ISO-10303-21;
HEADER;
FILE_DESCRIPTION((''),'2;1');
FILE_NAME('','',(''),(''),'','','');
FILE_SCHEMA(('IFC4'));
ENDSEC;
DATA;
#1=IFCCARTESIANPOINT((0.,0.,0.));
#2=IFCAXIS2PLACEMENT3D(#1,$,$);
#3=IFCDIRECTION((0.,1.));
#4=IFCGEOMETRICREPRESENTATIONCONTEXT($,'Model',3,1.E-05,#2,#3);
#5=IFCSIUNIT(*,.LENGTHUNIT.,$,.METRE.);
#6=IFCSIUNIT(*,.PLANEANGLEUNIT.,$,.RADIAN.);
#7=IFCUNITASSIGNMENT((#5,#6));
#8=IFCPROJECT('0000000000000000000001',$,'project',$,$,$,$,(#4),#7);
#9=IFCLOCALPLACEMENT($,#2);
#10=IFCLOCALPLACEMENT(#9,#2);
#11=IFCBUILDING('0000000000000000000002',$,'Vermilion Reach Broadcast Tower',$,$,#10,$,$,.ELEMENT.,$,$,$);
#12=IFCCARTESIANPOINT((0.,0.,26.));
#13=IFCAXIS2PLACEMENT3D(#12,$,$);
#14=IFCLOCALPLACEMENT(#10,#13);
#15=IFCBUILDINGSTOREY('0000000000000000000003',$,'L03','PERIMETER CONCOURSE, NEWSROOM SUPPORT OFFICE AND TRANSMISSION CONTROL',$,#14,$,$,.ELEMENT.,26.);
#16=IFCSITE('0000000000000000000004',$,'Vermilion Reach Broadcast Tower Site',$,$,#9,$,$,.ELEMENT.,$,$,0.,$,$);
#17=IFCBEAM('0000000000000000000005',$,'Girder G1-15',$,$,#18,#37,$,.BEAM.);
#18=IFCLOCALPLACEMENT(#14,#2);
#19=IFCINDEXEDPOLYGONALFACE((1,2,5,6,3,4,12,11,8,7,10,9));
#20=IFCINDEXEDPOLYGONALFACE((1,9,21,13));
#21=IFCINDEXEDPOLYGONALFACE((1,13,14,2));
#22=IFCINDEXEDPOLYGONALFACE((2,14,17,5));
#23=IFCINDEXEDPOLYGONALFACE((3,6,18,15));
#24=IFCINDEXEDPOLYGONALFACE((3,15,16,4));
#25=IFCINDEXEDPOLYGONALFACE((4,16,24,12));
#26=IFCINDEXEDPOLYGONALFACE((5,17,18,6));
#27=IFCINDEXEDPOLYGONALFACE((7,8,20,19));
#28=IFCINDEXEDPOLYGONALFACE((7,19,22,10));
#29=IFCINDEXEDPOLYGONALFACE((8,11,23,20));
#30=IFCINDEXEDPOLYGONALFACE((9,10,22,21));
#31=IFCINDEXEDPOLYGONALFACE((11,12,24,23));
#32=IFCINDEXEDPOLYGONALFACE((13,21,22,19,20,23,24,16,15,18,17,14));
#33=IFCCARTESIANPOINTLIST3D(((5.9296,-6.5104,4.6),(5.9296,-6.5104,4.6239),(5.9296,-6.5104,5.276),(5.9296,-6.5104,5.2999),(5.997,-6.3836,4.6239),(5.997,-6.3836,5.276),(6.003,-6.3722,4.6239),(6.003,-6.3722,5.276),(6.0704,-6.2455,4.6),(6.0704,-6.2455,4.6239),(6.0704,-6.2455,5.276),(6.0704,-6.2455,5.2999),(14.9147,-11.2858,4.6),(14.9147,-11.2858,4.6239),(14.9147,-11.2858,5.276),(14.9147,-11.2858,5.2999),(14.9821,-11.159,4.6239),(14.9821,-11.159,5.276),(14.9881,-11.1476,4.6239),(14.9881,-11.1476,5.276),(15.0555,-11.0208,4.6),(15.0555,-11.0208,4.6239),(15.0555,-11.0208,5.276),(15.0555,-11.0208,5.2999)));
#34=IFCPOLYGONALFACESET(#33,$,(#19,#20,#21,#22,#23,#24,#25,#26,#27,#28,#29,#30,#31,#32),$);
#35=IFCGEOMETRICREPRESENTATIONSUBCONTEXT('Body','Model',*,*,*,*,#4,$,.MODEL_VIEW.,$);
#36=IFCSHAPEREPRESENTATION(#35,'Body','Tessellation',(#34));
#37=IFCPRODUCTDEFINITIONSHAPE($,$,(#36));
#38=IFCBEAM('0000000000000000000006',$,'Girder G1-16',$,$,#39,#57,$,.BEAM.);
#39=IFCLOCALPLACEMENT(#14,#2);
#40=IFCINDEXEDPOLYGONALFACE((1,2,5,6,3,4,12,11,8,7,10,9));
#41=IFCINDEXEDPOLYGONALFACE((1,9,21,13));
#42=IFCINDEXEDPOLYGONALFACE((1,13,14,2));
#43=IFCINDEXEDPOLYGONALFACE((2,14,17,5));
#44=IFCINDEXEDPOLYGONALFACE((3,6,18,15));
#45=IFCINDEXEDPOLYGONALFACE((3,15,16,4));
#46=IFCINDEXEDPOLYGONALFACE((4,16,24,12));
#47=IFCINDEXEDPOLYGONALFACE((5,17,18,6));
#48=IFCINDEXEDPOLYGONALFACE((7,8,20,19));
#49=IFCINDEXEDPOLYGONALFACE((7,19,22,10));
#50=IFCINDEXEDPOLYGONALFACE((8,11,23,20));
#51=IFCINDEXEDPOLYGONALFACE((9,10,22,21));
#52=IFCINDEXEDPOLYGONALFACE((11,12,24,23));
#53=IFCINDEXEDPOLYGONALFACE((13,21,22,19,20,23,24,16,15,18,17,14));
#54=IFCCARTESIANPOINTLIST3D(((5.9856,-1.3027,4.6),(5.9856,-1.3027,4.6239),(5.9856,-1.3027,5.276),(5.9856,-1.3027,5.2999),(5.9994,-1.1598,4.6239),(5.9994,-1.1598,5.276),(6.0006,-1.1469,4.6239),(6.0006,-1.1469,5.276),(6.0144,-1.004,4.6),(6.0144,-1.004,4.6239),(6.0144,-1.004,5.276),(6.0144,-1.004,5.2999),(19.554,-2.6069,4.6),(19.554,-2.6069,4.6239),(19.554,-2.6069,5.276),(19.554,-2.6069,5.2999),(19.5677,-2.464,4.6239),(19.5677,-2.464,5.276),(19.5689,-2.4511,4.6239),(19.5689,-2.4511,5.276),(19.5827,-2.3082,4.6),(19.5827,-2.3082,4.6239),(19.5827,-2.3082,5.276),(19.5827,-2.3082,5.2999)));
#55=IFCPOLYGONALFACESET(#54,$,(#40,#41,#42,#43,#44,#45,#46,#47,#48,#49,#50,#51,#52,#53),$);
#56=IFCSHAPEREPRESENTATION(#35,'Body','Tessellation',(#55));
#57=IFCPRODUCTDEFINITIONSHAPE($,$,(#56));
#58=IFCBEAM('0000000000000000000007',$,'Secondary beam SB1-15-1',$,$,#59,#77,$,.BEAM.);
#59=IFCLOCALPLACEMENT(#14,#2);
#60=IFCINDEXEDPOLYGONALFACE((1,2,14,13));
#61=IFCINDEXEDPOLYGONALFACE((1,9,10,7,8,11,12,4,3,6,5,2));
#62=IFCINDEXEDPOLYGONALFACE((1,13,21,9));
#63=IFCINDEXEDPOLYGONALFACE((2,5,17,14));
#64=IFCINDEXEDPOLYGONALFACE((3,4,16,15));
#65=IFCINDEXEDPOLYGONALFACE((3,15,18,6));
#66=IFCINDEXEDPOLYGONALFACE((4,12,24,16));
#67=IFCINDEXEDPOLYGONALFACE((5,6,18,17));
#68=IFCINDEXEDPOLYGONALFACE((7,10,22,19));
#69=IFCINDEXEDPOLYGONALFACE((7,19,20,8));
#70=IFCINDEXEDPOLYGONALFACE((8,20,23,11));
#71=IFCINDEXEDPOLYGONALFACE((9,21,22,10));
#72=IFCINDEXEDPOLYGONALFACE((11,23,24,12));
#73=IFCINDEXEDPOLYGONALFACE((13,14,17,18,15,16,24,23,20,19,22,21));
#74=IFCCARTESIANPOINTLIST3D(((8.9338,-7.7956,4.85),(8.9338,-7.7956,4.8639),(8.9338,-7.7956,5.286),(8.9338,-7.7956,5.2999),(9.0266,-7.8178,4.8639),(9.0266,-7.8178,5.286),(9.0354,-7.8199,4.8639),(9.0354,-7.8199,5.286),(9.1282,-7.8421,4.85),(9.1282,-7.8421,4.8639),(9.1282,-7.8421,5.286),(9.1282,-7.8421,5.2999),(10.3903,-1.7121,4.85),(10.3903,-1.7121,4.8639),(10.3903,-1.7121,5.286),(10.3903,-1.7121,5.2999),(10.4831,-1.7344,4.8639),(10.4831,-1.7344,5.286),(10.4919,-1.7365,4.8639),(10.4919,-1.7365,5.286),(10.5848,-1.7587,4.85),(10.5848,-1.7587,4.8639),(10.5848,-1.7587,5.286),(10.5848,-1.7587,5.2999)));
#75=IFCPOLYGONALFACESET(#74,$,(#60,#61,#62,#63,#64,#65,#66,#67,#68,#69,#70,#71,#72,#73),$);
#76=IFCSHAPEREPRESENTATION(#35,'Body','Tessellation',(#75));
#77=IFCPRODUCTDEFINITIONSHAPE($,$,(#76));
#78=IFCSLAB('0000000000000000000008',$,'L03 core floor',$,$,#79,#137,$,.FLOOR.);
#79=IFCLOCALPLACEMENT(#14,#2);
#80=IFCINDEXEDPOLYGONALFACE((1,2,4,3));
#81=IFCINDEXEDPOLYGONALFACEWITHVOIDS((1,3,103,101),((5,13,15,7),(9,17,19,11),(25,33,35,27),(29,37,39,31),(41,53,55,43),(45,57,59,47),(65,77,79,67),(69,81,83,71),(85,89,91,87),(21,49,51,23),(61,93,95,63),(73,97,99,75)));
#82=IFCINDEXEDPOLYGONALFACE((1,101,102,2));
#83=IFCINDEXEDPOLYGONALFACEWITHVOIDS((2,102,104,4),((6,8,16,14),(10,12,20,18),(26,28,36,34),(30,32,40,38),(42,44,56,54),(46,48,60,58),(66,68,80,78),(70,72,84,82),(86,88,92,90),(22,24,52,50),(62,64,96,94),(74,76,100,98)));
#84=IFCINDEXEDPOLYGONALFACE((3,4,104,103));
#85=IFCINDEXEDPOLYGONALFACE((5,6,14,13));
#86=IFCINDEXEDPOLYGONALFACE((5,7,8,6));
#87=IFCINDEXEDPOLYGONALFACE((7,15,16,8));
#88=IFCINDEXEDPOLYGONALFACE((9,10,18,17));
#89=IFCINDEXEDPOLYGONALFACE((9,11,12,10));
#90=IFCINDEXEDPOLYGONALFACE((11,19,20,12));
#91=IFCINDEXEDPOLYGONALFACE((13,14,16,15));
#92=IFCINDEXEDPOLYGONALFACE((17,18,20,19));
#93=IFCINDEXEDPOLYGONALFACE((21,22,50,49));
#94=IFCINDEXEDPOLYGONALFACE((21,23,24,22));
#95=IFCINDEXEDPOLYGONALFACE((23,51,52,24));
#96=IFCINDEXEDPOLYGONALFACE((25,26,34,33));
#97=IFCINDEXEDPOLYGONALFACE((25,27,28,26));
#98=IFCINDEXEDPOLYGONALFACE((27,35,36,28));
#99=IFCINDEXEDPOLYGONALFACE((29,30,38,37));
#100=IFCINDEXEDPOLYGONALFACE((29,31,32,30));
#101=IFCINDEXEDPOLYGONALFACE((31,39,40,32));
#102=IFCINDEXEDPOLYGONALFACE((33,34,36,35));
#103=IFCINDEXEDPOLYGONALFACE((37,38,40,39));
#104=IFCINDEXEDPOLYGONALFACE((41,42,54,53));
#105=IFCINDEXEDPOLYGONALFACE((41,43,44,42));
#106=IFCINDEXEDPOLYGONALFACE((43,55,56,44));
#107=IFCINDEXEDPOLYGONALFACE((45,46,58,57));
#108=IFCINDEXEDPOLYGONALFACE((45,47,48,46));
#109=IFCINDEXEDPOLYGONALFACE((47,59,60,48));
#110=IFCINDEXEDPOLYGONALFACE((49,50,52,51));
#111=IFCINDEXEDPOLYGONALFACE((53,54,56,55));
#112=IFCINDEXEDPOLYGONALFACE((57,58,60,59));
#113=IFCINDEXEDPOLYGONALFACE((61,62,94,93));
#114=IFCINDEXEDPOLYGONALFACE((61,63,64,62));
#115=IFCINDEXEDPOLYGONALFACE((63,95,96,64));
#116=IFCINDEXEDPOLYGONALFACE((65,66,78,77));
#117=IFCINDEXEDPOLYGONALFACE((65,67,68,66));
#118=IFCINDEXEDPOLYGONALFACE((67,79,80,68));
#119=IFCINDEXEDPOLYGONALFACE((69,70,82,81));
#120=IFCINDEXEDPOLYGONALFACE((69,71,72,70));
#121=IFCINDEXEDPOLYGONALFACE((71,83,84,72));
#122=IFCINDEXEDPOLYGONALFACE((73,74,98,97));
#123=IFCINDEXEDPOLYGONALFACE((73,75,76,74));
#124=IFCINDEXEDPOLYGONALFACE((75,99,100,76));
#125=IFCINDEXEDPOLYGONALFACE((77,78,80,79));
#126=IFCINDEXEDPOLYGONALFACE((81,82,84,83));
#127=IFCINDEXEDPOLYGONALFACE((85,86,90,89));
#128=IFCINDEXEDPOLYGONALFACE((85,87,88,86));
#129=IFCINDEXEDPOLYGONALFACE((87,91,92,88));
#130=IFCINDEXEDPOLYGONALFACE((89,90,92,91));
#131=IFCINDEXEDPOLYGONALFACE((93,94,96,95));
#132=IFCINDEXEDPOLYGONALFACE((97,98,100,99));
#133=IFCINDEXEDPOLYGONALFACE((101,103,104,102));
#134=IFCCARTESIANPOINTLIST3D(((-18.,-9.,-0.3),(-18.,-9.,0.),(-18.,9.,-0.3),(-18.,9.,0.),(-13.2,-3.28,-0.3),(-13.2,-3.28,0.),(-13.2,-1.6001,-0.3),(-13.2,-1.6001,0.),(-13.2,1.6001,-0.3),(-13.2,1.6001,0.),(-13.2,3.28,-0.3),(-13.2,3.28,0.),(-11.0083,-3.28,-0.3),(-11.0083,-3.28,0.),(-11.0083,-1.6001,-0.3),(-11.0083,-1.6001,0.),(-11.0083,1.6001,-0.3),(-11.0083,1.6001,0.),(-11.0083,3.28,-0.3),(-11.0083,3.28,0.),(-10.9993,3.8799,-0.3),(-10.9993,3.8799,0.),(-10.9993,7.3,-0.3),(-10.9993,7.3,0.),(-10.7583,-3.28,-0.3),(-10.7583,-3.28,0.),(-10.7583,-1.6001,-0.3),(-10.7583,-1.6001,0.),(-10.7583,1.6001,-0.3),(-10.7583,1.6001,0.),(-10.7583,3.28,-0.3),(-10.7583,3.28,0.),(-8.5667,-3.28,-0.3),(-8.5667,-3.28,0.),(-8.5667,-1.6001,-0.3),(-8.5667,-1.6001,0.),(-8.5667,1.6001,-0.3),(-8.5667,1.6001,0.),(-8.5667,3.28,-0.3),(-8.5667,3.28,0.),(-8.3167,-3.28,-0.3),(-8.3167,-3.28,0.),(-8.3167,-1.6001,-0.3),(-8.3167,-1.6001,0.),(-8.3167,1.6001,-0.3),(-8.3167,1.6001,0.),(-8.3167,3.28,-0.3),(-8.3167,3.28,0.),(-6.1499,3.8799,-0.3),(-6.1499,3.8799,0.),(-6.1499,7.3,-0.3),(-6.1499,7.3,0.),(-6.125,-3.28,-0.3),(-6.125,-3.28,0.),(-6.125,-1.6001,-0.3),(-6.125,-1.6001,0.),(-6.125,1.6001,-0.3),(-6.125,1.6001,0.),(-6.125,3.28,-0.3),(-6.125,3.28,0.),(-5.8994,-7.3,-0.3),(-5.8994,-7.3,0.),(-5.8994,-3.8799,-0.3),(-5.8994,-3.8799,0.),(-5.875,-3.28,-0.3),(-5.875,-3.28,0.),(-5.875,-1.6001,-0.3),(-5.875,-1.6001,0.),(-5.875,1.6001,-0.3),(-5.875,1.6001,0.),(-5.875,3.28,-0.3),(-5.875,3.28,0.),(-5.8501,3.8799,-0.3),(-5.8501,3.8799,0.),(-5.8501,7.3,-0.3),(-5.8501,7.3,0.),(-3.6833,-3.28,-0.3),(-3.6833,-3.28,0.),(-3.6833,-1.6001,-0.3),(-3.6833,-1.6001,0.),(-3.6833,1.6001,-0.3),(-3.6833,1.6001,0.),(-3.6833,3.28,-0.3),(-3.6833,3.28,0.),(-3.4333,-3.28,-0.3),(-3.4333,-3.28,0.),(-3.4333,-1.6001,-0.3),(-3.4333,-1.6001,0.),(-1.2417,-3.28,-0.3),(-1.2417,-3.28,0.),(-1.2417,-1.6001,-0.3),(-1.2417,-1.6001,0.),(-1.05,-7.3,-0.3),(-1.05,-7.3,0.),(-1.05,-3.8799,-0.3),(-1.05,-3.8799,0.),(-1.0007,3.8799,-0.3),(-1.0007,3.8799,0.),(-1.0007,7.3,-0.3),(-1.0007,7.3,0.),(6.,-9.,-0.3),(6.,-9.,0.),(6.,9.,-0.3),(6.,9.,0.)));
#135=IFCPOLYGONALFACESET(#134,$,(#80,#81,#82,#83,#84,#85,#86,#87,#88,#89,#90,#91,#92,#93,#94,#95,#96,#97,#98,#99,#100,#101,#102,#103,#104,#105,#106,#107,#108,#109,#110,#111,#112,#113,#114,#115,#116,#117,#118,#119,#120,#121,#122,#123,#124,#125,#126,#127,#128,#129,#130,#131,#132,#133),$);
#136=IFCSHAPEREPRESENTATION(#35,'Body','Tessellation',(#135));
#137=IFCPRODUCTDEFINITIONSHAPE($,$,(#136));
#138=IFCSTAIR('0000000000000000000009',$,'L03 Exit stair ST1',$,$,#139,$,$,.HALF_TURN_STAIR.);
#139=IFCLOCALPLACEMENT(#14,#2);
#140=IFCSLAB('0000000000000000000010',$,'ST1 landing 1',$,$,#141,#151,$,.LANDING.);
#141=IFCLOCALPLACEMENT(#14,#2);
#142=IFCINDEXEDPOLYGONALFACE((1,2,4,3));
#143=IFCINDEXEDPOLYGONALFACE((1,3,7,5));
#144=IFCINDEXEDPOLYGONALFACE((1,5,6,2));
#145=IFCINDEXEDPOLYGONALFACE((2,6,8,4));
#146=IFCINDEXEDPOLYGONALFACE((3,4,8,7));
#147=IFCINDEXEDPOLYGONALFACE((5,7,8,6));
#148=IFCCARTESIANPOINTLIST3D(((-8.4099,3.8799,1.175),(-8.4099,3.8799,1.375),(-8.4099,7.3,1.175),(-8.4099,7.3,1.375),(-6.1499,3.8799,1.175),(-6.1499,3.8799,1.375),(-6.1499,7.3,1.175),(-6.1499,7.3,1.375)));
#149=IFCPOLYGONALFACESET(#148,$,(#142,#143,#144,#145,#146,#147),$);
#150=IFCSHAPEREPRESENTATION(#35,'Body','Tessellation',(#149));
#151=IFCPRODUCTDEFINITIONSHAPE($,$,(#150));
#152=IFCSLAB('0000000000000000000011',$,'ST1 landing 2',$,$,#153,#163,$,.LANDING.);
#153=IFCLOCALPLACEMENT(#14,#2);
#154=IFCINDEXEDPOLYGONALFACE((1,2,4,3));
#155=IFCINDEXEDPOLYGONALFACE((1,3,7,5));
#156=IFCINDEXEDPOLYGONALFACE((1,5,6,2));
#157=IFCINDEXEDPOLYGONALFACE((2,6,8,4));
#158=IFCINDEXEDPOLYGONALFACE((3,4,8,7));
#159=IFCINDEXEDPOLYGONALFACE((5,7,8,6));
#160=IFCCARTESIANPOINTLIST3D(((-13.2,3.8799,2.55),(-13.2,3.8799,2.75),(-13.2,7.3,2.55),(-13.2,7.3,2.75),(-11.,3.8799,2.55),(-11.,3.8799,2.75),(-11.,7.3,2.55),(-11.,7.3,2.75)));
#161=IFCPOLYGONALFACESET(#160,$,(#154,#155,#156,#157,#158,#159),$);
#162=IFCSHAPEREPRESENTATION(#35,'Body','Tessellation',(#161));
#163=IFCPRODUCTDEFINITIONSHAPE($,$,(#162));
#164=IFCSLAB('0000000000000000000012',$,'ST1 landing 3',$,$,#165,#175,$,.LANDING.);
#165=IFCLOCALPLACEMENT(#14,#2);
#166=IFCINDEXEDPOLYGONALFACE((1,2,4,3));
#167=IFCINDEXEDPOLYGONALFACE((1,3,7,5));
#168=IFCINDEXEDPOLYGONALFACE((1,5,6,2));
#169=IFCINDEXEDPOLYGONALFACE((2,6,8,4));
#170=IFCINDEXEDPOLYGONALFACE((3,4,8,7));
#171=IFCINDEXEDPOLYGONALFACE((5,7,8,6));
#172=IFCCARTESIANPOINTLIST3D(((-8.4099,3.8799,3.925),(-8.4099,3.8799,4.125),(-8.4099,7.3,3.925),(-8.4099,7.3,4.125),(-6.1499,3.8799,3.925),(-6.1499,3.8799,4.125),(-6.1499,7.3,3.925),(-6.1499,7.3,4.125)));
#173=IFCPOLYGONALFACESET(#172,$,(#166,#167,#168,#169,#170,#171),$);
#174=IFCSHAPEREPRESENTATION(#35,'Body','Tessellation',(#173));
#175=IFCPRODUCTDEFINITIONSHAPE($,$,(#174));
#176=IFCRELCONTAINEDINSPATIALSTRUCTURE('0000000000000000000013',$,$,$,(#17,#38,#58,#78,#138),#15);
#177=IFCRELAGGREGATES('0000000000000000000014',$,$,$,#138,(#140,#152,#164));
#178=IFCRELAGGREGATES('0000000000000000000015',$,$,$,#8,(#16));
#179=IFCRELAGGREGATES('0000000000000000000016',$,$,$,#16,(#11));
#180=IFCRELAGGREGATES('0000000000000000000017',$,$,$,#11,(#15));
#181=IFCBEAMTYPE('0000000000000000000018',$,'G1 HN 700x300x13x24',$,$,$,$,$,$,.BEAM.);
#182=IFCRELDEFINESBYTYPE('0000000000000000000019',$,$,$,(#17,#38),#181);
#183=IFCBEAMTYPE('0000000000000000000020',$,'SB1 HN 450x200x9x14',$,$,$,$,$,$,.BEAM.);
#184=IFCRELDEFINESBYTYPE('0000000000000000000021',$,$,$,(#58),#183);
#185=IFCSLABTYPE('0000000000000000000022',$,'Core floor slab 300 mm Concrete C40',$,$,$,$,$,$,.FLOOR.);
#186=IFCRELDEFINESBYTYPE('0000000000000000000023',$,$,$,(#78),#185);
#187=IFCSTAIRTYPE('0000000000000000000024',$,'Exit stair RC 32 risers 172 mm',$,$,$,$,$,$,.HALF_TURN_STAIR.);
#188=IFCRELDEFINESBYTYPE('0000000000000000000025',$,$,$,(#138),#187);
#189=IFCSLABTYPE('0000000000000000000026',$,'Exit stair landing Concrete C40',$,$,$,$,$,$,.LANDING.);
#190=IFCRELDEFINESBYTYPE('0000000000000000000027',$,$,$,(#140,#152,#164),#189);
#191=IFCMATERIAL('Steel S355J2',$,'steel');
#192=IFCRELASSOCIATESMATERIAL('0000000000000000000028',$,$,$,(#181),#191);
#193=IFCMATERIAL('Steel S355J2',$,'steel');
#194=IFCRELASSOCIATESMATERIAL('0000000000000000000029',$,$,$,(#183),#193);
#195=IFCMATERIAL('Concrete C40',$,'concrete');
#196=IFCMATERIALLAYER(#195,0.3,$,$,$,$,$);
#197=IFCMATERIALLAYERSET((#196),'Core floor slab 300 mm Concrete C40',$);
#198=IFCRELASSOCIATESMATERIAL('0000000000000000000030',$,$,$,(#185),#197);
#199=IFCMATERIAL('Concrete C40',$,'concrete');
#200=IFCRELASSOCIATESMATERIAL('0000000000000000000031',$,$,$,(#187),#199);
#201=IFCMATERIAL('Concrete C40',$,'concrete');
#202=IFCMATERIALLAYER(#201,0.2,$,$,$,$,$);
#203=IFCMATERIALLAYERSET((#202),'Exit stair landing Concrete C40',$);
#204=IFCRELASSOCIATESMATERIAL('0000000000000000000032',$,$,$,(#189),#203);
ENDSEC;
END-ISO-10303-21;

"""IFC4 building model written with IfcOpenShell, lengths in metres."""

from ifc_helpers import new_model, si_unit, direction, frame, origin, origin_2d, place, context, subcontext, project, spatial, polyline, i_section, outline, extrude, material, layer, layer_set, material_profile, profile_set, type_object, element, aggregate, save


model = new_model("IFC4")

# Units and contexts
model_context = context("Model", 3, precision=1e-05, world=origin(), true_north=direction((0.0, 1.0)))
body_context = subcontext(model_context, "Body", "Model", "MODEL_VIEW")
ifc_project = project(units=[si_unit("LENGTHUNIT", "METRE"), si_unit("PLANEANGLEUNIT", "RADIAN")], contexts=[model_context])

# Site, building, storey
site_placement = place(None, origin())
site = spatial("IfcSite", under=ifc_project, at=site_placement, Name="Vermilion Reach Broadcast Tower Site", CompositionType="ELEMENT", RefElevation=0.0)
building_placement = place(site_placement, origin())
building = spatial("IfcBuilding", under=site, at=building_placement, Name="Vermilion Reach Broadcast Tower", CompositionType="ELEMENT")
storey_placement = place(building_placement, frame((0.0, 0.0, 26.0)))
storey = spatial("IfcBuildingStorey", under=building, at=storey_placement, Name="L03", Description="PERIMETER CONCOURSE, NEWSROOM SUPPORT OFFICE AND TRANSMISSION CONTROL", CompositionType="ELEMENT", Elevation=26.0)

# Beams
ifc_material_1 = material(Name="Steel S355J2", Category="steel")
ifc_material_profile_1 = material_profile(ifc_material_1, i_section(OverallWidth=0.3, OverallDepth=0.7, WebThickness=0.0129, FlangeThickness=0.0239, at=origin_2d()), Name="S355J2 HN 700x300x13x24")
ifc_profile_set_1 = profile_set([ifc_material_profile_1], Name="Steel S355J2")
beam_type_1 = type_object("IfcBeamType", Name="G1 HN 700x300x13x24", PredefinedType="BEAM", material=ifc_profile_set_1)
beam_1_placement = place(storey_placement, frame((6.0, -6.3779, 4.95), z_axis=(0.883032, -0.469313, 0.0), x_axis=(0.469313, 0.883032, 0.0)))
element("IfcBeam", 1, at=beam_1_placement, inside=storey, type_object=beam_type_1, Name="Girder G1-15", PredefinedType="BEAM", context=body_context, shape_type="SweptSolid", body=[
    extrude(i_section(OverallWidth=0.3, OverallDepth=0.7, WebThickness=0.0129, FlangeThickness=0.0239, at=origin_2d()), origin(), (0.0, 0.0, 1.0), 10.1753),
])
beam_2_placement = place(storey_placement, frame((6.0, -1.1533, 4.95), z_axis=(0.995412, -0.09568, 0.0), x_axis=(0.09568, 0.995412, 0.0)))
element("IfcBeam", 2, at=beam_2_placement, inside=storey, type_object=beam_type_1, Name="Girder G1-16", PredefinedType="BEAM", context=body_context, shape_type="SweptSolid", body=[
    extrude(i_section(OverallWidth=0.3, OverallDepth=0.7, WebThickness=0.0129, FlangeThickness=0.0239, at=origin_2d()), origin(), (0.0, 0.0, 1.0), 13.6309),
])
ifc_material_2 = material(Name="Steel S355J2", Category="steel")
ifc_material_profile_2 = material_profile(ifc_material_2, i_section(OverallWidth=0.2, OverallDepth=0.45, WebThickness=0.009, FlangeThickness=0.0139, at=origin_2d()), Name="S355J2 HN 450x200x9x14")
ifc_profile_set_2 = profile_set([ifc_material_profile_2], Name="Steel S355J2")
beam_type_2 = type_object("IfcBeamType", Name="SB1 HN 450x200x9x14", PredefinedType="BEAM", material=ifc_profile_set_2)
beam_3_placement = place(storey_placement, frame((9.031, -7.8188, 5.075), z_axis=(0.232844, 0.972514, 0.0), x_axis=(-0.972514, 0.232844, 0.0)))
element("IfcBeam", 3, at=beam_3_placement, inside=storey, type_object=beam_type_2, Name="Secondary beam SB1-15-1", PredefinedType="BEAM", context=body_context, shape_type="SweptSolid", body=[
    extrude(i_section(OverallWidth=0.2, OverallDepth=0.45, WebThickness=0.009, FlangeThickness=0.0139, at=origin_2d()), origin(), (0.0, 0.0, 1.0), 6.2554),
])

# Slab
ifc_material_3 = material(Name="Concrete C40", Category="concrete")
ifc_layer_1 = layer(ifc_material_3, 0.3)
ifc_layer_set_1 = layer_set([ifc_layer_1], Name="Core floor slab 300 mm Concrete C40")
slab_type_1 = type_object("IfcSlabType", Name="Core floor slab 300 mm Concrete C40", PredefinedType="FLOOR", material=ifc_layer_set_1)
slab_1_placement = place(storey_placement, frame((0.0, 0.0, -0.3)))
element("IfcSlab", 4, at=slab_1_placement, inside=storey, type_object=slab_type_1, Name="L03 core floor", PredefinedType="FLOOR", context=body_context, shape_type="SweptSolid", body=[
    extrude(outline(polyline([(-18.0, -9.0), (6.0, -9.0), (6.0, 9.0), (-18.0, 9.0), (-18.0, -9.0)]), holes=[polyline([(-13.2, 1.6001), (-11.0083, 1.6001), (-11.0083, 3.28), (-13.2, 3.28), (-13.2, 1.6001)]), polyline([(-10.7583, 1.6001), (-8.5667, 1.6001), (-8.5667, 3.28), (-10.7583, 3.28), (-10.7583, 1.6001)]), polyline([(-8.3167, 1.6001), (-6.125, 1.6001), (-6.125, 3.28), (-8.3167, 3.28), (-8.3167, 1.6001)]), polyline([(-5.875, 1.6001), (-3.6833, 1.6001), (-3.6833, 3.28), (-5.875, 3.28), (-5.875, 1.6001)]), polyline([(-13.2, -3.28), (-11.0083, -3.28), (-11.0083, -1.6001), (-13.2, -1.6001), (-13.2, -3.28)]), polyline([(-10.7583, -3.28), (-8.5667, -3.28), (-8.5667, -1.6001), (-10.7583, -1.6001), (-10.7583, -3.28)]), polyline([(-8.3167, -3.28), (-6.125, -3.28), (-6.125, -1.6001), (-8.3167, -1.6001), (-8.3167, -3.28)]), polyline([(-5.875, -3.28), (-3.6833, -3.28), (-3.6833, -1.6001), (-5.875, -1.6001), (-5.875, -3.28)]), polyline([(-3.4333, -3.28), (-1.2417, -3.28), (-1.2417, -1.6001), (-3.4333, -1.6001), (-3.4333, -3.28)]), polyline([(-10.9993, 3.8799), (-6.1499, 3.8799), (-6.1499, 7.3), (-10.9993, 7.3), (-10.9993, 3.8799)]), polyline([(-1.0007, 7.3), (-5.8501, 7.3), (-5.8501, 3.8799), (-1.0007, 3.8799), (-1.0007, 7.3)]), polyline([(-5.8994, -7.3), (-1.05, -7.3), (-1.05, -3.8799), (-5.8994, -3.8799), (-5.8994, -7.3)])]), origin(), (0.0, 0.0, 1.0), 0.3),
])

# Stair, slabs
ifc_material_4 = material(Name="Concrete C40", Category="concrete")
stair_type = type_object("IfcStairType", Name="Exit stair RC 32 risers 172 mm", PredefinedType="HALF_TURN_STAIR", material=ifc_material_4)
placement_1 = place(storey_placement, origin())
stair_1 = element("IfcStair", 5, at=placement_1, inside=storey, type_object=stair_type, Name="L03 Exit stair ST1", PredefinedType="HALF_TURN_STAIR")
ifc_material_5 = material(Name="Concrete C40", Category="concrete")
ifc_layer_2 = layer(ifc_material_5, 0.2)
ifc_layer_set_2 = layer_set([ifc_layer_2], Name="Exit stair landing Concrete C40")
slab_type_2 = type_object("IfcSlabType", Name="Exit stair landing Concrete C40", PredefinedType="LANDING", material=ifc_layer_set_2)
placement_2 = place(storey_placement, frame((0.0, 0.0, 1.175)))
slab_2 = element("IfcSlab", 6, at=placement_2, type_object=slab_type_2, Name="ST1 landing 1", PredefinedType="LANDING", context=body_context, shape_type="SweptSolid", body=[
    extrude(outline(polyline([(-8.4099, 3.8799), (-6.1499, 3.8799), (-6.1499, 7.3), (-8.4099, 7.3), (-8.4099, 3.8799)])), origin(), (0.0, 0.0, 1.0), 0.2),
])
placement_3 = place(storey_placement, frame((0.0, 0.0, 2.55)))
slab_3 = element("IfcSlab", 7, at=placement_3, type_object=slab_type_2, Name="ST1 landing 2", PredefinedType="LANDING", context=body_context, shape_type="SweptSolid", body=[
    extrude(outline(polyline([(-13.2, 3.8799), (-11.0, 3.8799), (-11.0, 7.3), (-13.2, 7.3), (-13.2, 3.8799)])), origin(), (0.0, 0.0, 1.0), 0.2),
])
placement_4 = place(storey_placement, frame((0.0, 0.0, 3.925)))
slab_4 = element("IfcSlab", 8, at=placement_4, type_object=slab_type_2, Name="ST1 landing 3", PredefinedType="LANDING", context=body_context, shape_type="SweptSolid", body=[
    extrude(outline(polyline([(-8.4099, 3.8799), (-6.1499, 3.8799), (-6.1499, 7.3), (-8.4099, 7.3), (-8.4099, 3.8799)])), origin(), (0.0, 0.0, 1.0), 0.2),
])
aggregate(stair_1, [slab_2, slab_3, slab_4])

save(model, "model.ifc")
